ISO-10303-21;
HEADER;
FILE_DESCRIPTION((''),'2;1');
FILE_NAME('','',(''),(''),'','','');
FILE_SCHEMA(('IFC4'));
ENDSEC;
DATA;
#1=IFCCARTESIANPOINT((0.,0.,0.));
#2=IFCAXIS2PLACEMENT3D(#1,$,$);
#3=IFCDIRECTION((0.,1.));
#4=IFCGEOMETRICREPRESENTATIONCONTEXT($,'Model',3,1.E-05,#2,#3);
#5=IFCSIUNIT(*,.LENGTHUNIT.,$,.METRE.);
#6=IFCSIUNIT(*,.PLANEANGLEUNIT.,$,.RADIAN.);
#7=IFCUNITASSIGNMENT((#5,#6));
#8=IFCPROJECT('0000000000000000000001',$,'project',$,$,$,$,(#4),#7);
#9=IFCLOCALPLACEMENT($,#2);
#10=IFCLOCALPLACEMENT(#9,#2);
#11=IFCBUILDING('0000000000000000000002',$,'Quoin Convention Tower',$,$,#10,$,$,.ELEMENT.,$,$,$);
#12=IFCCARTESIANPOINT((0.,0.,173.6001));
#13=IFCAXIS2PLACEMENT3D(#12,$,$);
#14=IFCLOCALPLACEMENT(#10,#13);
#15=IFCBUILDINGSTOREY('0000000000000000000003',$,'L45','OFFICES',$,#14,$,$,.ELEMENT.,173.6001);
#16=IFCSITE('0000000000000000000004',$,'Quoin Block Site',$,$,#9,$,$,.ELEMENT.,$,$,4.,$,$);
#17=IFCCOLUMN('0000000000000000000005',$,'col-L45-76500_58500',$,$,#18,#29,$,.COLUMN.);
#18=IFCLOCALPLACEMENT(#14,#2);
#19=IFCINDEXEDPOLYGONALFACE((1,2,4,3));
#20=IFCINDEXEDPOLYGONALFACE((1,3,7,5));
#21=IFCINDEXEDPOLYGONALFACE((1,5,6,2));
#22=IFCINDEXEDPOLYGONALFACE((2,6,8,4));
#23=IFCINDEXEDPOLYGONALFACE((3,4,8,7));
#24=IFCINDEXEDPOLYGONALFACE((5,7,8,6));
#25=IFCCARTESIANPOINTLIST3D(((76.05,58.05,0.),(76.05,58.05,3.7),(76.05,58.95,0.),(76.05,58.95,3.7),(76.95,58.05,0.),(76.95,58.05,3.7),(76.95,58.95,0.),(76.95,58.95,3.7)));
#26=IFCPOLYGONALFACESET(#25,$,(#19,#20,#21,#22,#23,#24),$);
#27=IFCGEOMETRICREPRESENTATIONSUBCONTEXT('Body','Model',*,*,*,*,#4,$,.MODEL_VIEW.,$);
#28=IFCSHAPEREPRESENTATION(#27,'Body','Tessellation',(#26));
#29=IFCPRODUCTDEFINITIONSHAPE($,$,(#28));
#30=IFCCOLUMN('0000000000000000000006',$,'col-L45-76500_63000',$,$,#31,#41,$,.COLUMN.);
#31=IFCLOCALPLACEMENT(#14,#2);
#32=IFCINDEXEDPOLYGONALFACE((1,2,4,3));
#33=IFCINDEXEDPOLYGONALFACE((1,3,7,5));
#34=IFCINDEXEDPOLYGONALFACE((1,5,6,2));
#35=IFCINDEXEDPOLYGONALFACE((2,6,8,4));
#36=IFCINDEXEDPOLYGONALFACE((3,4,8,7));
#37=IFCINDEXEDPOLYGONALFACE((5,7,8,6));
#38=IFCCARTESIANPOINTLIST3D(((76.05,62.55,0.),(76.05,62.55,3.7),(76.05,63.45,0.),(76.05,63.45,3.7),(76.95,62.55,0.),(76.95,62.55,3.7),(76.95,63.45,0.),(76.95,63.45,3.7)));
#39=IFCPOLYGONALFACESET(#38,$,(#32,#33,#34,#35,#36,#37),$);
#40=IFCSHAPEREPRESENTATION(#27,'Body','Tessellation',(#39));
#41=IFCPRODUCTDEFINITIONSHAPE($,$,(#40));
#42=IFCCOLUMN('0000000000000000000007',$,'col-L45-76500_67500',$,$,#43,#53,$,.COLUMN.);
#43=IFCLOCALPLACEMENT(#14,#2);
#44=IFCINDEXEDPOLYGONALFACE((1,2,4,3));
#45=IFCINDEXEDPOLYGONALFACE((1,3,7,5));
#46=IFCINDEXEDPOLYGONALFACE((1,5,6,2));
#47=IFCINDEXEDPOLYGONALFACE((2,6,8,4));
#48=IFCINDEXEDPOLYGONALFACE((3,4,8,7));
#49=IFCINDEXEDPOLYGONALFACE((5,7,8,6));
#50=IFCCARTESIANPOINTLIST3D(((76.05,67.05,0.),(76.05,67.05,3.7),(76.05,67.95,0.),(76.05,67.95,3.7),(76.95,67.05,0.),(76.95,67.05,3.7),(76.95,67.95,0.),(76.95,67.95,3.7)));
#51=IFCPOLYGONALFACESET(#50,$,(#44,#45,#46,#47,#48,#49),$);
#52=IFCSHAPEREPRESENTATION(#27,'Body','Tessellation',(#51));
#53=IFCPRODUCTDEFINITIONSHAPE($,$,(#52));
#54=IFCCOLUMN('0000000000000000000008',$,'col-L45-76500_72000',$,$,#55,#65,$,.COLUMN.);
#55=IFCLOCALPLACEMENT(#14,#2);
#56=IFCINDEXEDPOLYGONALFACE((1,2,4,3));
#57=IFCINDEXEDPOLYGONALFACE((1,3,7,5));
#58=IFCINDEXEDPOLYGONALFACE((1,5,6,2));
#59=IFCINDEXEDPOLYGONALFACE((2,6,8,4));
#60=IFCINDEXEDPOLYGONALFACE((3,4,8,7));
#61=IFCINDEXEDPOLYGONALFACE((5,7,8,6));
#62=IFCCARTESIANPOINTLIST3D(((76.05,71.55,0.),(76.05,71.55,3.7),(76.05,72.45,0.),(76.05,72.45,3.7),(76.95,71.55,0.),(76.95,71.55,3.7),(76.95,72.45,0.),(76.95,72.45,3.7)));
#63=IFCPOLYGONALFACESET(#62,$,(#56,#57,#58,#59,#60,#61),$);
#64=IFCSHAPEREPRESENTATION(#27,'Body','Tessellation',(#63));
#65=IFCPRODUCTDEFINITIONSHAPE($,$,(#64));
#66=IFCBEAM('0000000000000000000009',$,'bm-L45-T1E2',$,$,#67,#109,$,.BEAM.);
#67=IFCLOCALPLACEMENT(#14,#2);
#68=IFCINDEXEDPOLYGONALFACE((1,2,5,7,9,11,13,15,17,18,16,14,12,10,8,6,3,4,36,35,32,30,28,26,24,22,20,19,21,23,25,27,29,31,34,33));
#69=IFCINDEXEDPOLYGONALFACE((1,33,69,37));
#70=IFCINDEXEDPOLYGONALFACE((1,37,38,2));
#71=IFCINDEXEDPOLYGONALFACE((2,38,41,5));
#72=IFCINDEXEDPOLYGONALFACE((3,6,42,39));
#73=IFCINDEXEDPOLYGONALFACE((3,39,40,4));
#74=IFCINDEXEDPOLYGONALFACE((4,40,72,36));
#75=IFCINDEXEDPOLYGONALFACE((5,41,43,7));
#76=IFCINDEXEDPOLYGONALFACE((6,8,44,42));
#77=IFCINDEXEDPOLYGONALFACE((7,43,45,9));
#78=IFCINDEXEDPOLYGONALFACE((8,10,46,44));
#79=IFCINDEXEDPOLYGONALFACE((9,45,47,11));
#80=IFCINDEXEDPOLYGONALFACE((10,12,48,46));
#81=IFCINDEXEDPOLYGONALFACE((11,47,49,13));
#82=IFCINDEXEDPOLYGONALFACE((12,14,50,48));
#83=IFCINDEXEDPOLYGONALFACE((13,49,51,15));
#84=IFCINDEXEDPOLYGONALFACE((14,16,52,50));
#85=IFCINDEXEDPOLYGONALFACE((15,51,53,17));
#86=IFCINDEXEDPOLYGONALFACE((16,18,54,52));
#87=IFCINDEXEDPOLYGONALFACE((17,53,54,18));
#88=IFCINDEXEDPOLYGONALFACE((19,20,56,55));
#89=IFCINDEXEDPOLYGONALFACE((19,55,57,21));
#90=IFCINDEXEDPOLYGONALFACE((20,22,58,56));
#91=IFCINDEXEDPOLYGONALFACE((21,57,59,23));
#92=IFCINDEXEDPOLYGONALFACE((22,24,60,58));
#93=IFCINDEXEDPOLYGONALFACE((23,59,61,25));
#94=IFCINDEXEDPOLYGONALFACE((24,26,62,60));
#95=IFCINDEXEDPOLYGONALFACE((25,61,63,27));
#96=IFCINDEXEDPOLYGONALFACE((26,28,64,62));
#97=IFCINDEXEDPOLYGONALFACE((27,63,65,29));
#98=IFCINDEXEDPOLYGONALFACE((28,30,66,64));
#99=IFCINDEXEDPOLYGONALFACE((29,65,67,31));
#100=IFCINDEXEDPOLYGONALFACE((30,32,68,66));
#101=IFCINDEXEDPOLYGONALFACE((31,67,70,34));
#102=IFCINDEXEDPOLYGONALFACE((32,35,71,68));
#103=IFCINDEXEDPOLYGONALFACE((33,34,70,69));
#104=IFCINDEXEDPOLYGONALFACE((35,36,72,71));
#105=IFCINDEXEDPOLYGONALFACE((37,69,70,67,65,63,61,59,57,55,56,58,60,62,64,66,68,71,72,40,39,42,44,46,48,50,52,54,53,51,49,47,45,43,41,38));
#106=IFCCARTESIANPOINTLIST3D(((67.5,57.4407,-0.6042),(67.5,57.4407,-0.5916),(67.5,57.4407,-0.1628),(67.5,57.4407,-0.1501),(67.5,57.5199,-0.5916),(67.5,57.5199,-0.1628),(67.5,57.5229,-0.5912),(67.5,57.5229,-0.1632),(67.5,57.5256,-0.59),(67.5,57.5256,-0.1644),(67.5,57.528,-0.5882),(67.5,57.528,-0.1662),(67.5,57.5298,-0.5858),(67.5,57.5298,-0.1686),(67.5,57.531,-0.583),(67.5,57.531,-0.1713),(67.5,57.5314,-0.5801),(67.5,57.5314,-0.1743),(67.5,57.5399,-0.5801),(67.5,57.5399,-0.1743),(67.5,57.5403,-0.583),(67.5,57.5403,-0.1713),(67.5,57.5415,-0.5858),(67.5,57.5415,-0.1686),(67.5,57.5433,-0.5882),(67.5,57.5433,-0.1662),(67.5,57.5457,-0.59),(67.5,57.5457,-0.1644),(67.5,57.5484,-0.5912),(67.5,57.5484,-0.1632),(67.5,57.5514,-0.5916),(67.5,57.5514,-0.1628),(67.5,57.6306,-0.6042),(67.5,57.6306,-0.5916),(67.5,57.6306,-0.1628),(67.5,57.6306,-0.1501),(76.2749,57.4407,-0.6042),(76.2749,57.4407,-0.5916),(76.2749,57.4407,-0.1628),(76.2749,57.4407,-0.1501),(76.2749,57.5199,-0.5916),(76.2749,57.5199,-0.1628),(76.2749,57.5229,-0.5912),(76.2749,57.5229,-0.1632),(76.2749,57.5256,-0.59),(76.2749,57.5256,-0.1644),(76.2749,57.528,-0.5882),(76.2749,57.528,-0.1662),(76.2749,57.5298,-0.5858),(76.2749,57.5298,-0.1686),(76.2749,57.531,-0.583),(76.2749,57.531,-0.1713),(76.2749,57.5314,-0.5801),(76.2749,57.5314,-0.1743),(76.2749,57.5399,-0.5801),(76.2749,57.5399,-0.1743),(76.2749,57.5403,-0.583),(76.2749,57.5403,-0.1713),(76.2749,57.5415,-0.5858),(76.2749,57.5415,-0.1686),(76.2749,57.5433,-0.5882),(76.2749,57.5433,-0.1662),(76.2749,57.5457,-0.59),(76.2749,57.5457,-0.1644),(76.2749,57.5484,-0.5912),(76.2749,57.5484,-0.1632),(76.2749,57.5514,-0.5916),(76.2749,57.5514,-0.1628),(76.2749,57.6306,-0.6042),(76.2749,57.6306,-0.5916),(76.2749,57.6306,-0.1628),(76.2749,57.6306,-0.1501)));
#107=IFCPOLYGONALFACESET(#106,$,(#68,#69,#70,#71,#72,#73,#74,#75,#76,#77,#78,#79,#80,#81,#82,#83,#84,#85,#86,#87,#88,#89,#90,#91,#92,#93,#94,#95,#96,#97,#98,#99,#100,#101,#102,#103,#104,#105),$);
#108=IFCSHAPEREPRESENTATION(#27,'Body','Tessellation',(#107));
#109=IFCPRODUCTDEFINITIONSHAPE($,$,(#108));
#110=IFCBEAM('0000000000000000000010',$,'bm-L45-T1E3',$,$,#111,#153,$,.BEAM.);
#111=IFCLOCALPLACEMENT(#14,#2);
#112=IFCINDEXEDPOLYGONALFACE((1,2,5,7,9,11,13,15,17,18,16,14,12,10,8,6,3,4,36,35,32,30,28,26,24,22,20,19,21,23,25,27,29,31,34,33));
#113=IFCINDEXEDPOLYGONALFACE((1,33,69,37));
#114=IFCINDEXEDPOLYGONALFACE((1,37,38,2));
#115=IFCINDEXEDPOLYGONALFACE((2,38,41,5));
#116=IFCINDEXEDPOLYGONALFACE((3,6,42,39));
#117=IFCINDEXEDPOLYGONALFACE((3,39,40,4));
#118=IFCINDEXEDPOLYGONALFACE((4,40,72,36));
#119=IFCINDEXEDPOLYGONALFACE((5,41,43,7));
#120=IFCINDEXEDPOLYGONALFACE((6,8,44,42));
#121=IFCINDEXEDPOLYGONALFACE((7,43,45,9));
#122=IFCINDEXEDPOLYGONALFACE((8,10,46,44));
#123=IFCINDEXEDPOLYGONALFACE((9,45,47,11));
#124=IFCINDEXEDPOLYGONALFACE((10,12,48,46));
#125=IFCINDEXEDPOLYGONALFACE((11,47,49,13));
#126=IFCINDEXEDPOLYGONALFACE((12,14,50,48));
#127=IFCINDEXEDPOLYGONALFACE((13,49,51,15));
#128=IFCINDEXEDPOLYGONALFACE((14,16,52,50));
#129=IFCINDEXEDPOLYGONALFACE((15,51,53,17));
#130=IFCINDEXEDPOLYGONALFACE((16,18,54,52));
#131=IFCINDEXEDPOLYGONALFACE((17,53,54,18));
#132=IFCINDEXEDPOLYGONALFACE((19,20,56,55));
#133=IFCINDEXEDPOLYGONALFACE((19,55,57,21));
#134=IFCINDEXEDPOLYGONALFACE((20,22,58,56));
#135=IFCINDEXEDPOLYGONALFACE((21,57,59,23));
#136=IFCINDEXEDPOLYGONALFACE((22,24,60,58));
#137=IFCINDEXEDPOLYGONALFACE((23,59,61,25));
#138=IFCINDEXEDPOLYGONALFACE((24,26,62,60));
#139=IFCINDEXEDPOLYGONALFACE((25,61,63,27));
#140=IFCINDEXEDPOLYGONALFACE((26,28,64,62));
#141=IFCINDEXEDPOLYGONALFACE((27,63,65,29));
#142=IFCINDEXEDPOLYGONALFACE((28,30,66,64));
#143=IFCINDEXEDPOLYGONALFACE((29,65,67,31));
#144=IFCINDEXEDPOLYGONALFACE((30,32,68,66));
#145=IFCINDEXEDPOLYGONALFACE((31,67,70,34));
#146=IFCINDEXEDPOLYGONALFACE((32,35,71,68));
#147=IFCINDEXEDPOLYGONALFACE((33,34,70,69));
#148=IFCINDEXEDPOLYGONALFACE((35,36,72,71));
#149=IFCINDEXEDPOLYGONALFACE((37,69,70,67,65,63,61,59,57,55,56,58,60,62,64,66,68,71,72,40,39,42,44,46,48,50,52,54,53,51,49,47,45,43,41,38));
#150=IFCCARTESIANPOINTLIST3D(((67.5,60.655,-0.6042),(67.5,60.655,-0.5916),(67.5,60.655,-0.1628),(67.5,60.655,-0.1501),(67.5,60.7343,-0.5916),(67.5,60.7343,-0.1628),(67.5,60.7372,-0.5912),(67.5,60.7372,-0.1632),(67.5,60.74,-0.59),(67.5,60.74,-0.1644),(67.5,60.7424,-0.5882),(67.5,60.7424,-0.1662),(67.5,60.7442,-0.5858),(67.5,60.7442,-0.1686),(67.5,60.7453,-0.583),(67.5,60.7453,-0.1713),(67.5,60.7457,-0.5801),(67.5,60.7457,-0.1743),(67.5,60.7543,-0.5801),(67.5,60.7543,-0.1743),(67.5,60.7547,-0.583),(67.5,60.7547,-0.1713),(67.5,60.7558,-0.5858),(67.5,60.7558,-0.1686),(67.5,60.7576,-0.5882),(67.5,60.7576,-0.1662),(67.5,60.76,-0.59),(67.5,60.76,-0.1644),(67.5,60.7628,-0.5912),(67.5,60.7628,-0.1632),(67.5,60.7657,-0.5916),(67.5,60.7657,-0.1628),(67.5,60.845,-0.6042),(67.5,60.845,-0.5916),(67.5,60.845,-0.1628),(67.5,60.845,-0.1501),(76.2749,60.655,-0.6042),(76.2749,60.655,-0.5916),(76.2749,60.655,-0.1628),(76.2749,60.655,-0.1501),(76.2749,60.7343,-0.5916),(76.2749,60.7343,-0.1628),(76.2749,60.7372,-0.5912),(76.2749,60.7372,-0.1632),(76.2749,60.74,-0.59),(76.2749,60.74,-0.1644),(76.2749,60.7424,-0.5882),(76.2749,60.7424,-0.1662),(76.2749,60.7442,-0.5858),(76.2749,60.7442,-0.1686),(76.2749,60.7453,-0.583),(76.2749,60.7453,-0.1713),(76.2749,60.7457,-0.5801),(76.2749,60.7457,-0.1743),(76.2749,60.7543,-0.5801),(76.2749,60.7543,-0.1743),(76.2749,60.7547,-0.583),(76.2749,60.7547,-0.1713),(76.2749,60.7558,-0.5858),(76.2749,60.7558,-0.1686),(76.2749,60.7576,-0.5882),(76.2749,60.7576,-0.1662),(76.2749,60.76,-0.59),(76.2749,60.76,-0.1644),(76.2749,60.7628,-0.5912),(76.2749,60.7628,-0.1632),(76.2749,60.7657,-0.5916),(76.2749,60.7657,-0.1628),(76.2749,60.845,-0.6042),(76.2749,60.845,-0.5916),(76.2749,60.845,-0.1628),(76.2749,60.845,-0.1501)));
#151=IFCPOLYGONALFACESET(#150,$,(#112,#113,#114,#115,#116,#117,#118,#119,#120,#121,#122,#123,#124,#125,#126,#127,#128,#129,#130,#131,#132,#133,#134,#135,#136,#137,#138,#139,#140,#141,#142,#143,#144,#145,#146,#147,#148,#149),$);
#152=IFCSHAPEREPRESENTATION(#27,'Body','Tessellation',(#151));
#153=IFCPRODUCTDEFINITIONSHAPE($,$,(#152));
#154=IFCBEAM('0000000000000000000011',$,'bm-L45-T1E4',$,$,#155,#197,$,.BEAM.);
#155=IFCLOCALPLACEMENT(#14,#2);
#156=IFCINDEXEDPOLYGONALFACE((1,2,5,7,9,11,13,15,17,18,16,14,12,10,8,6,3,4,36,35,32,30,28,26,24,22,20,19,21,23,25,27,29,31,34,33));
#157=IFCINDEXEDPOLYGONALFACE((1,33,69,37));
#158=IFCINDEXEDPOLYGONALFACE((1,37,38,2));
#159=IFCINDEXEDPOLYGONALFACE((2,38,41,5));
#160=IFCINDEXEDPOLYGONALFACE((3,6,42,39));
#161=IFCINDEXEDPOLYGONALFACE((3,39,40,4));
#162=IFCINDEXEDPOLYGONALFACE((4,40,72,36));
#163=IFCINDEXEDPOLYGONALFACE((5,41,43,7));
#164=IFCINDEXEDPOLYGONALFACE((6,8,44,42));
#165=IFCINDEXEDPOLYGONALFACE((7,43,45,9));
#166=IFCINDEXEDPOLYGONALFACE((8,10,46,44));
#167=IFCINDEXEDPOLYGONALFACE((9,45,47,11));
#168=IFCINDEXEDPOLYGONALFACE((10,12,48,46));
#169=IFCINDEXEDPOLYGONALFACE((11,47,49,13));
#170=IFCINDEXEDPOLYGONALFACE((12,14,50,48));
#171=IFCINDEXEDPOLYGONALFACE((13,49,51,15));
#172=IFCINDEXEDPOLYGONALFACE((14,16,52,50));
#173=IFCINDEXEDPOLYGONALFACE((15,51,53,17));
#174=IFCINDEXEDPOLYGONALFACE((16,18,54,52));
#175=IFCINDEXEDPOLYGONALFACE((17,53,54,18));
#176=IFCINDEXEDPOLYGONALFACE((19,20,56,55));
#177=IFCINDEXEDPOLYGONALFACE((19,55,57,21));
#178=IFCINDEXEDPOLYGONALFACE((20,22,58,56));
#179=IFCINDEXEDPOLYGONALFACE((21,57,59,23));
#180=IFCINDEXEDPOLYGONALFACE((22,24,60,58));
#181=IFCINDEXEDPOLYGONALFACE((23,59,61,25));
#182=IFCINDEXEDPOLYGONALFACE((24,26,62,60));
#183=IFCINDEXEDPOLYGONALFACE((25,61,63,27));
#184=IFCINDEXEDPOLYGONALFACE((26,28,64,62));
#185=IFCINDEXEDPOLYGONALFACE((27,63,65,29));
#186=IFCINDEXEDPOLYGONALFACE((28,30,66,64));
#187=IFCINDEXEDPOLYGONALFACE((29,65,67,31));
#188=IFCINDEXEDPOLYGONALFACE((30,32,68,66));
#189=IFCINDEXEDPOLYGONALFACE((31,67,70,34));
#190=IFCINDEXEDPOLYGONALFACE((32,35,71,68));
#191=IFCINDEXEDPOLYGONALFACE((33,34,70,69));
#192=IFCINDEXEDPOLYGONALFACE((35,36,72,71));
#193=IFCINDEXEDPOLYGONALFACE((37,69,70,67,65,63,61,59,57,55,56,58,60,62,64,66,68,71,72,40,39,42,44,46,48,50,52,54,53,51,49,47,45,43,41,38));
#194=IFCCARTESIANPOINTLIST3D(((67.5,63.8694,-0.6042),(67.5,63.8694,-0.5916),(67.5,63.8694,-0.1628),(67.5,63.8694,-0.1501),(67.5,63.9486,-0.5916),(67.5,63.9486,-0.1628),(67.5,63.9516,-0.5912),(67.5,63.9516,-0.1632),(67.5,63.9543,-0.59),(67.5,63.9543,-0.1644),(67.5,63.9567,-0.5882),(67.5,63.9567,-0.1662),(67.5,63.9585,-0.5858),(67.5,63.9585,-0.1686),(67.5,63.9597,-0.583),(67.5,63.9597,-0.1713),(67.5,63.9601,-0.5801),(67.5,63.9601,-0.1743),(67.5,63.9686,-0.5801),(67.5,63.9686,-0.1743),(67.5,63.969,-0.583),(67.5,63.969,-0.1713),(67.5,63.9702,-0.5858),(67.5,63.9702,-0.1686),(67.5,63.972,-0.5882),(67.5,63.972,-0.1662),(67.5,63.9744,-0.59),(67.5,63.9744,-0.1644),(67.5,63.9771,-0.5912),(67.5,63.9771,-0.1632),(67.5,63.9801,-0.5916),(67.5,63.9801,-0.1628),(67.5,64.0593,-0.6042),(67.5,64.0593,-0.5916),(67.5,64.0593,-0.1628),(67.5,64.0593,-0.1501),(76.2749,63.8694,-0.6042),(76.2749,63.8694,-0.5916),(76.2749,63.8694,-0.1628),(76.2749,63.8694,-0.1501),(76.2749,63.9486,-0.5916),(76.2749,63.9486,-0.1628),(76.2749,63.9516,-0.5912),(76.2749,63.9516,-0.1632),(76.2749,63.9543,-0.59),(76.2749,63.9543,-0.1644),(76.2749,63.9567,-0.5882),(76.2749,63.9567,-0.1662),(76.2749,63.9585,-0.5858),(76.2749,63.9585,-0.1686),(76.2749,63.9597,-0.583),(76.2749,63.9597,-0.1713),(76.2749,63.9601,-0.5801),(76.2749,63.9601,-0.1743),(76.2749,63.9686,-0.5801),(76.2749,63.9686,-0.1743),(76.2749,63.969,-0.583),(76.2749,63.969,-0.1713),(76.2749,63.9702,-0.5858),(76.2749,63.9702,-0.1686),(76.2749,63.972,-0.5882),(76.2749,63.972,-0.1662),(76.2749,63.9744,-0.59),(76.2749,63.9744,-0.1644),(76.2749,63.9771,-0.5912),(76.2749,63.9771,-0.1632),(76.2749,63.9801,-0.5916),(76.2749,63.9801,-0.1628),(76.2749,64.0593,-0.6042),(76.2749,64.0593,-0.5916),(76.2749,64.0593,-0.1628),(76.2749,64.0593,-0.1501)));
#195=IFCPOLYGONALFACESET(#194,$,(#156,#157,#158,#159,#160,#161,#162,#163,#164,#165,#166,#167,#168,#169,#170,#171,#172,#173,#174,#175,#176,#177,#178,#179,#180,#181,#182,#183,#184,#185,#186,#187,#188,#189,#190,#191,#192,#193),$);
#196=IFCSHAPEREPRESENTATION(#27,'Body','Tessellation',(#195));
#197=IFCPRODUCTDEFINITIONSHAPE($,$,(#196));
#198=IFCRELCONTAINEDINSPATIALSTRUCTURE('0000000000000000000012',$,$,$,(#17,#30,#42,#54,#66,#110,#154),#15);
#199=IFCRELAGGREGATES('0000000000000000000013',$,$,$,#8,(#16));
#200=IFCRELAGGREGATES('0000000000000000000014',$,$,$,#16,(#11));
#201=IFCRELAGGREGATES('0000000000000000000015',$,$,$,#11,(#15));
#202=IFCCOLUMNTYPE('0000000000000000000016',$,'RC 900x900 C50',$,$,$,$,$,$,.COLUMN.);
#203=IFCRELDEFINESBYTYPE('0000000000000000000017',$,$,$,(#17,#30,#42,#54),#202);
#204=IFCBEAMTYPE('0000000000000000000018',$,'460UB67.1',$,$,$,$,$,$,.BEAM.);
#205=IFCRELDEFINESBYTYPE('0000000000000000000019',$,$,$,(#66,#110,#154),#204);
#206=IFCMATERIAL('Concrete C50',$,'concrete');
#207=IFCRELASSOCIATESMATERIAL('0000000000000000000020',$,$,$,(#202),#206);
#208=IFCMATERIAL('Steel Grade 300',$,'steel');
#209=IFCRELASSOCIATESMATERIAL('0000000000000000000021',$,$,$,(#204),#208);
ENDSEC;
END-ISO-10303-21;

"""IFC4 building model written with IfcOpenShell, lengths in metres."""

from ifc_helpers import new_model, si_unit, direction, frame, origin, origin_2d, place, context, subcontext, project, spatial, rectangle, i_section, extrude, material, material_profile, profile_set, type_object, element, save


model = new_model("IFC4")

# Units and contexts
model_context = context("Model", 3, precision=1e-05, world=origin(), true_north=direction((0.0, 1.0)))
body_context = subcontext(model_context, "Body", "Model", "MODEL_VIEW")
ifc_project = project(units=[si_unit("LENGTHUNIT", "METRE"), si_unit("PLANEANGLEUNIT", "RADIAN")], contexts=[model_context])

# Site, building, storey
site_placement = place(None, origin())
site = spatial("IfcSite", under=ifc_project, at=site_placement, Name="Quoin Block Site", CompositionType="ELEMENT", RefElevation=4.0)
building_placement = place(site_placement, origin())
building = spatial("IfcBuilding", under=site, at=building_placement, Name="Quoin Convention Tower", CompositionType="ELEMENT")
storey_placement = place(building_placement, frame((0.0, 0.0, 173.6001)))
storey = spatial("IfcBuildingStorey", under=building, at=storey_placement, Name="L45", Description="OFFICES", CompositionType="ELEMENT", Elevation=173.6001)

# Columns
ifc_material_1 = material(Name="Concrete C50", Category="concrete")
ifc_material_profile_1 = material_profile(ifc_material_1, rectangle(XDim=0.8999, YDim=0.8999, at=origin_2d()), Name="RC 900x900")
ifc_profile_set_1 = profile_set([ifc_material_profile_1], Name="Concrete C50")
column_type = type_object("IfcColumnType", Name="RC 900x900 C50", PredefinedType="COLUMN", material=ifc_profile_set_1)
for number, where, z_axis, x_axis, name in (
    (1, (76.5, 58.5, 0.0), (0.0, 0.0, 1.0), (1.0, 0.0, 0.0), "col-L45-76500_58500"),
    (2, (76.5, 63.0, 0.0), (0.0, 0.0, 1.0), (1.0, 0.0, 0.0), "col-L45-76500_63000"),
    (3, (76.5, 67.5, 0.0), (0.0, 0.0, 1.0), (1.0, 0.0, 0.0), "col-L45-76500_67500"),
    (4, (76.5, 72.0, 0.0), (0.0, 0.0, 1.0), (1.0, 0.0, 0.0), "col-L45-76500_72000"),
):
    element("IfcColumn", number, at=place(storey_placement, frame(where, z_axis=z_axis, x_axis=x_axis)), inside=storey, type_object=column_type, Name=name, PredefinedType="COLUMN", context=body_context, shape_type="SweptSolid", body=[
        extrude(rectangle(XDim=0.8999, YDim=0.8999, at=origin_2d()), origin(), (0.0, 0.0, 1.0), 3.7),
    ])

# Beams
ifc_material_2 = material(Name="Steel Grade 300", Category="steel")
ifc_material_profile_2 = material_profile(ifc_material_2, i_section(OverallWidth=0.1899, OverallDepth=0.4541, WebThickness=0.0085, FlangeThickness=0.0127, FilletRadius=0.0115, at=origin_2d()), Name="460UB67.1")
ifc_profile_set_2 = profile_set([ifc_material_profile_2], Name="Steel Grade 300")
beam_type_1 = type_object("IfcBeamType", Name="460UB67.1", PredefinedType="BEAM", material=ifc_profile_set_2)
for number, where, z_axis, x_axis, name in (
    (5, (67.5, 57.5356, -0.3772), (1.0, 0.0, 0.0), (0.0, 1.0, 0.0), "bm-L45-T1E2"),
    (6, (67.5, 60.75, -0.3772), (1.0, 0.0, 0.0), (0.0, 1.0, 0.0), "bm-L45-T1E3"),
    (7, (67.5, 63.9644, -0.3772), (1.0, 0.0, 0.0), (0.0, 1.0, 0.0), "bm-L45-T1E4"),
):
    element("IfcBeam", number, at=place(storey_placement, frame(where, z_axis=z_axis, x_axis=x_axis)), inside=storey, type_object=beam_type_1, Name=name, PredefinedType="BEAM", context=body_context, shape_type="SweptSolid", body=[
        extrude(i_section(OverallWidth=0.1899, OverallDepth=0.4541, WebThickness=0.0085, FlangeThickness=0.0127, FilletRadius=0.0115, at=origin_2d()), origin(), (0.0, 0.0, 1.0), 8.7749),
    ])

save(model, "model.ifc")
